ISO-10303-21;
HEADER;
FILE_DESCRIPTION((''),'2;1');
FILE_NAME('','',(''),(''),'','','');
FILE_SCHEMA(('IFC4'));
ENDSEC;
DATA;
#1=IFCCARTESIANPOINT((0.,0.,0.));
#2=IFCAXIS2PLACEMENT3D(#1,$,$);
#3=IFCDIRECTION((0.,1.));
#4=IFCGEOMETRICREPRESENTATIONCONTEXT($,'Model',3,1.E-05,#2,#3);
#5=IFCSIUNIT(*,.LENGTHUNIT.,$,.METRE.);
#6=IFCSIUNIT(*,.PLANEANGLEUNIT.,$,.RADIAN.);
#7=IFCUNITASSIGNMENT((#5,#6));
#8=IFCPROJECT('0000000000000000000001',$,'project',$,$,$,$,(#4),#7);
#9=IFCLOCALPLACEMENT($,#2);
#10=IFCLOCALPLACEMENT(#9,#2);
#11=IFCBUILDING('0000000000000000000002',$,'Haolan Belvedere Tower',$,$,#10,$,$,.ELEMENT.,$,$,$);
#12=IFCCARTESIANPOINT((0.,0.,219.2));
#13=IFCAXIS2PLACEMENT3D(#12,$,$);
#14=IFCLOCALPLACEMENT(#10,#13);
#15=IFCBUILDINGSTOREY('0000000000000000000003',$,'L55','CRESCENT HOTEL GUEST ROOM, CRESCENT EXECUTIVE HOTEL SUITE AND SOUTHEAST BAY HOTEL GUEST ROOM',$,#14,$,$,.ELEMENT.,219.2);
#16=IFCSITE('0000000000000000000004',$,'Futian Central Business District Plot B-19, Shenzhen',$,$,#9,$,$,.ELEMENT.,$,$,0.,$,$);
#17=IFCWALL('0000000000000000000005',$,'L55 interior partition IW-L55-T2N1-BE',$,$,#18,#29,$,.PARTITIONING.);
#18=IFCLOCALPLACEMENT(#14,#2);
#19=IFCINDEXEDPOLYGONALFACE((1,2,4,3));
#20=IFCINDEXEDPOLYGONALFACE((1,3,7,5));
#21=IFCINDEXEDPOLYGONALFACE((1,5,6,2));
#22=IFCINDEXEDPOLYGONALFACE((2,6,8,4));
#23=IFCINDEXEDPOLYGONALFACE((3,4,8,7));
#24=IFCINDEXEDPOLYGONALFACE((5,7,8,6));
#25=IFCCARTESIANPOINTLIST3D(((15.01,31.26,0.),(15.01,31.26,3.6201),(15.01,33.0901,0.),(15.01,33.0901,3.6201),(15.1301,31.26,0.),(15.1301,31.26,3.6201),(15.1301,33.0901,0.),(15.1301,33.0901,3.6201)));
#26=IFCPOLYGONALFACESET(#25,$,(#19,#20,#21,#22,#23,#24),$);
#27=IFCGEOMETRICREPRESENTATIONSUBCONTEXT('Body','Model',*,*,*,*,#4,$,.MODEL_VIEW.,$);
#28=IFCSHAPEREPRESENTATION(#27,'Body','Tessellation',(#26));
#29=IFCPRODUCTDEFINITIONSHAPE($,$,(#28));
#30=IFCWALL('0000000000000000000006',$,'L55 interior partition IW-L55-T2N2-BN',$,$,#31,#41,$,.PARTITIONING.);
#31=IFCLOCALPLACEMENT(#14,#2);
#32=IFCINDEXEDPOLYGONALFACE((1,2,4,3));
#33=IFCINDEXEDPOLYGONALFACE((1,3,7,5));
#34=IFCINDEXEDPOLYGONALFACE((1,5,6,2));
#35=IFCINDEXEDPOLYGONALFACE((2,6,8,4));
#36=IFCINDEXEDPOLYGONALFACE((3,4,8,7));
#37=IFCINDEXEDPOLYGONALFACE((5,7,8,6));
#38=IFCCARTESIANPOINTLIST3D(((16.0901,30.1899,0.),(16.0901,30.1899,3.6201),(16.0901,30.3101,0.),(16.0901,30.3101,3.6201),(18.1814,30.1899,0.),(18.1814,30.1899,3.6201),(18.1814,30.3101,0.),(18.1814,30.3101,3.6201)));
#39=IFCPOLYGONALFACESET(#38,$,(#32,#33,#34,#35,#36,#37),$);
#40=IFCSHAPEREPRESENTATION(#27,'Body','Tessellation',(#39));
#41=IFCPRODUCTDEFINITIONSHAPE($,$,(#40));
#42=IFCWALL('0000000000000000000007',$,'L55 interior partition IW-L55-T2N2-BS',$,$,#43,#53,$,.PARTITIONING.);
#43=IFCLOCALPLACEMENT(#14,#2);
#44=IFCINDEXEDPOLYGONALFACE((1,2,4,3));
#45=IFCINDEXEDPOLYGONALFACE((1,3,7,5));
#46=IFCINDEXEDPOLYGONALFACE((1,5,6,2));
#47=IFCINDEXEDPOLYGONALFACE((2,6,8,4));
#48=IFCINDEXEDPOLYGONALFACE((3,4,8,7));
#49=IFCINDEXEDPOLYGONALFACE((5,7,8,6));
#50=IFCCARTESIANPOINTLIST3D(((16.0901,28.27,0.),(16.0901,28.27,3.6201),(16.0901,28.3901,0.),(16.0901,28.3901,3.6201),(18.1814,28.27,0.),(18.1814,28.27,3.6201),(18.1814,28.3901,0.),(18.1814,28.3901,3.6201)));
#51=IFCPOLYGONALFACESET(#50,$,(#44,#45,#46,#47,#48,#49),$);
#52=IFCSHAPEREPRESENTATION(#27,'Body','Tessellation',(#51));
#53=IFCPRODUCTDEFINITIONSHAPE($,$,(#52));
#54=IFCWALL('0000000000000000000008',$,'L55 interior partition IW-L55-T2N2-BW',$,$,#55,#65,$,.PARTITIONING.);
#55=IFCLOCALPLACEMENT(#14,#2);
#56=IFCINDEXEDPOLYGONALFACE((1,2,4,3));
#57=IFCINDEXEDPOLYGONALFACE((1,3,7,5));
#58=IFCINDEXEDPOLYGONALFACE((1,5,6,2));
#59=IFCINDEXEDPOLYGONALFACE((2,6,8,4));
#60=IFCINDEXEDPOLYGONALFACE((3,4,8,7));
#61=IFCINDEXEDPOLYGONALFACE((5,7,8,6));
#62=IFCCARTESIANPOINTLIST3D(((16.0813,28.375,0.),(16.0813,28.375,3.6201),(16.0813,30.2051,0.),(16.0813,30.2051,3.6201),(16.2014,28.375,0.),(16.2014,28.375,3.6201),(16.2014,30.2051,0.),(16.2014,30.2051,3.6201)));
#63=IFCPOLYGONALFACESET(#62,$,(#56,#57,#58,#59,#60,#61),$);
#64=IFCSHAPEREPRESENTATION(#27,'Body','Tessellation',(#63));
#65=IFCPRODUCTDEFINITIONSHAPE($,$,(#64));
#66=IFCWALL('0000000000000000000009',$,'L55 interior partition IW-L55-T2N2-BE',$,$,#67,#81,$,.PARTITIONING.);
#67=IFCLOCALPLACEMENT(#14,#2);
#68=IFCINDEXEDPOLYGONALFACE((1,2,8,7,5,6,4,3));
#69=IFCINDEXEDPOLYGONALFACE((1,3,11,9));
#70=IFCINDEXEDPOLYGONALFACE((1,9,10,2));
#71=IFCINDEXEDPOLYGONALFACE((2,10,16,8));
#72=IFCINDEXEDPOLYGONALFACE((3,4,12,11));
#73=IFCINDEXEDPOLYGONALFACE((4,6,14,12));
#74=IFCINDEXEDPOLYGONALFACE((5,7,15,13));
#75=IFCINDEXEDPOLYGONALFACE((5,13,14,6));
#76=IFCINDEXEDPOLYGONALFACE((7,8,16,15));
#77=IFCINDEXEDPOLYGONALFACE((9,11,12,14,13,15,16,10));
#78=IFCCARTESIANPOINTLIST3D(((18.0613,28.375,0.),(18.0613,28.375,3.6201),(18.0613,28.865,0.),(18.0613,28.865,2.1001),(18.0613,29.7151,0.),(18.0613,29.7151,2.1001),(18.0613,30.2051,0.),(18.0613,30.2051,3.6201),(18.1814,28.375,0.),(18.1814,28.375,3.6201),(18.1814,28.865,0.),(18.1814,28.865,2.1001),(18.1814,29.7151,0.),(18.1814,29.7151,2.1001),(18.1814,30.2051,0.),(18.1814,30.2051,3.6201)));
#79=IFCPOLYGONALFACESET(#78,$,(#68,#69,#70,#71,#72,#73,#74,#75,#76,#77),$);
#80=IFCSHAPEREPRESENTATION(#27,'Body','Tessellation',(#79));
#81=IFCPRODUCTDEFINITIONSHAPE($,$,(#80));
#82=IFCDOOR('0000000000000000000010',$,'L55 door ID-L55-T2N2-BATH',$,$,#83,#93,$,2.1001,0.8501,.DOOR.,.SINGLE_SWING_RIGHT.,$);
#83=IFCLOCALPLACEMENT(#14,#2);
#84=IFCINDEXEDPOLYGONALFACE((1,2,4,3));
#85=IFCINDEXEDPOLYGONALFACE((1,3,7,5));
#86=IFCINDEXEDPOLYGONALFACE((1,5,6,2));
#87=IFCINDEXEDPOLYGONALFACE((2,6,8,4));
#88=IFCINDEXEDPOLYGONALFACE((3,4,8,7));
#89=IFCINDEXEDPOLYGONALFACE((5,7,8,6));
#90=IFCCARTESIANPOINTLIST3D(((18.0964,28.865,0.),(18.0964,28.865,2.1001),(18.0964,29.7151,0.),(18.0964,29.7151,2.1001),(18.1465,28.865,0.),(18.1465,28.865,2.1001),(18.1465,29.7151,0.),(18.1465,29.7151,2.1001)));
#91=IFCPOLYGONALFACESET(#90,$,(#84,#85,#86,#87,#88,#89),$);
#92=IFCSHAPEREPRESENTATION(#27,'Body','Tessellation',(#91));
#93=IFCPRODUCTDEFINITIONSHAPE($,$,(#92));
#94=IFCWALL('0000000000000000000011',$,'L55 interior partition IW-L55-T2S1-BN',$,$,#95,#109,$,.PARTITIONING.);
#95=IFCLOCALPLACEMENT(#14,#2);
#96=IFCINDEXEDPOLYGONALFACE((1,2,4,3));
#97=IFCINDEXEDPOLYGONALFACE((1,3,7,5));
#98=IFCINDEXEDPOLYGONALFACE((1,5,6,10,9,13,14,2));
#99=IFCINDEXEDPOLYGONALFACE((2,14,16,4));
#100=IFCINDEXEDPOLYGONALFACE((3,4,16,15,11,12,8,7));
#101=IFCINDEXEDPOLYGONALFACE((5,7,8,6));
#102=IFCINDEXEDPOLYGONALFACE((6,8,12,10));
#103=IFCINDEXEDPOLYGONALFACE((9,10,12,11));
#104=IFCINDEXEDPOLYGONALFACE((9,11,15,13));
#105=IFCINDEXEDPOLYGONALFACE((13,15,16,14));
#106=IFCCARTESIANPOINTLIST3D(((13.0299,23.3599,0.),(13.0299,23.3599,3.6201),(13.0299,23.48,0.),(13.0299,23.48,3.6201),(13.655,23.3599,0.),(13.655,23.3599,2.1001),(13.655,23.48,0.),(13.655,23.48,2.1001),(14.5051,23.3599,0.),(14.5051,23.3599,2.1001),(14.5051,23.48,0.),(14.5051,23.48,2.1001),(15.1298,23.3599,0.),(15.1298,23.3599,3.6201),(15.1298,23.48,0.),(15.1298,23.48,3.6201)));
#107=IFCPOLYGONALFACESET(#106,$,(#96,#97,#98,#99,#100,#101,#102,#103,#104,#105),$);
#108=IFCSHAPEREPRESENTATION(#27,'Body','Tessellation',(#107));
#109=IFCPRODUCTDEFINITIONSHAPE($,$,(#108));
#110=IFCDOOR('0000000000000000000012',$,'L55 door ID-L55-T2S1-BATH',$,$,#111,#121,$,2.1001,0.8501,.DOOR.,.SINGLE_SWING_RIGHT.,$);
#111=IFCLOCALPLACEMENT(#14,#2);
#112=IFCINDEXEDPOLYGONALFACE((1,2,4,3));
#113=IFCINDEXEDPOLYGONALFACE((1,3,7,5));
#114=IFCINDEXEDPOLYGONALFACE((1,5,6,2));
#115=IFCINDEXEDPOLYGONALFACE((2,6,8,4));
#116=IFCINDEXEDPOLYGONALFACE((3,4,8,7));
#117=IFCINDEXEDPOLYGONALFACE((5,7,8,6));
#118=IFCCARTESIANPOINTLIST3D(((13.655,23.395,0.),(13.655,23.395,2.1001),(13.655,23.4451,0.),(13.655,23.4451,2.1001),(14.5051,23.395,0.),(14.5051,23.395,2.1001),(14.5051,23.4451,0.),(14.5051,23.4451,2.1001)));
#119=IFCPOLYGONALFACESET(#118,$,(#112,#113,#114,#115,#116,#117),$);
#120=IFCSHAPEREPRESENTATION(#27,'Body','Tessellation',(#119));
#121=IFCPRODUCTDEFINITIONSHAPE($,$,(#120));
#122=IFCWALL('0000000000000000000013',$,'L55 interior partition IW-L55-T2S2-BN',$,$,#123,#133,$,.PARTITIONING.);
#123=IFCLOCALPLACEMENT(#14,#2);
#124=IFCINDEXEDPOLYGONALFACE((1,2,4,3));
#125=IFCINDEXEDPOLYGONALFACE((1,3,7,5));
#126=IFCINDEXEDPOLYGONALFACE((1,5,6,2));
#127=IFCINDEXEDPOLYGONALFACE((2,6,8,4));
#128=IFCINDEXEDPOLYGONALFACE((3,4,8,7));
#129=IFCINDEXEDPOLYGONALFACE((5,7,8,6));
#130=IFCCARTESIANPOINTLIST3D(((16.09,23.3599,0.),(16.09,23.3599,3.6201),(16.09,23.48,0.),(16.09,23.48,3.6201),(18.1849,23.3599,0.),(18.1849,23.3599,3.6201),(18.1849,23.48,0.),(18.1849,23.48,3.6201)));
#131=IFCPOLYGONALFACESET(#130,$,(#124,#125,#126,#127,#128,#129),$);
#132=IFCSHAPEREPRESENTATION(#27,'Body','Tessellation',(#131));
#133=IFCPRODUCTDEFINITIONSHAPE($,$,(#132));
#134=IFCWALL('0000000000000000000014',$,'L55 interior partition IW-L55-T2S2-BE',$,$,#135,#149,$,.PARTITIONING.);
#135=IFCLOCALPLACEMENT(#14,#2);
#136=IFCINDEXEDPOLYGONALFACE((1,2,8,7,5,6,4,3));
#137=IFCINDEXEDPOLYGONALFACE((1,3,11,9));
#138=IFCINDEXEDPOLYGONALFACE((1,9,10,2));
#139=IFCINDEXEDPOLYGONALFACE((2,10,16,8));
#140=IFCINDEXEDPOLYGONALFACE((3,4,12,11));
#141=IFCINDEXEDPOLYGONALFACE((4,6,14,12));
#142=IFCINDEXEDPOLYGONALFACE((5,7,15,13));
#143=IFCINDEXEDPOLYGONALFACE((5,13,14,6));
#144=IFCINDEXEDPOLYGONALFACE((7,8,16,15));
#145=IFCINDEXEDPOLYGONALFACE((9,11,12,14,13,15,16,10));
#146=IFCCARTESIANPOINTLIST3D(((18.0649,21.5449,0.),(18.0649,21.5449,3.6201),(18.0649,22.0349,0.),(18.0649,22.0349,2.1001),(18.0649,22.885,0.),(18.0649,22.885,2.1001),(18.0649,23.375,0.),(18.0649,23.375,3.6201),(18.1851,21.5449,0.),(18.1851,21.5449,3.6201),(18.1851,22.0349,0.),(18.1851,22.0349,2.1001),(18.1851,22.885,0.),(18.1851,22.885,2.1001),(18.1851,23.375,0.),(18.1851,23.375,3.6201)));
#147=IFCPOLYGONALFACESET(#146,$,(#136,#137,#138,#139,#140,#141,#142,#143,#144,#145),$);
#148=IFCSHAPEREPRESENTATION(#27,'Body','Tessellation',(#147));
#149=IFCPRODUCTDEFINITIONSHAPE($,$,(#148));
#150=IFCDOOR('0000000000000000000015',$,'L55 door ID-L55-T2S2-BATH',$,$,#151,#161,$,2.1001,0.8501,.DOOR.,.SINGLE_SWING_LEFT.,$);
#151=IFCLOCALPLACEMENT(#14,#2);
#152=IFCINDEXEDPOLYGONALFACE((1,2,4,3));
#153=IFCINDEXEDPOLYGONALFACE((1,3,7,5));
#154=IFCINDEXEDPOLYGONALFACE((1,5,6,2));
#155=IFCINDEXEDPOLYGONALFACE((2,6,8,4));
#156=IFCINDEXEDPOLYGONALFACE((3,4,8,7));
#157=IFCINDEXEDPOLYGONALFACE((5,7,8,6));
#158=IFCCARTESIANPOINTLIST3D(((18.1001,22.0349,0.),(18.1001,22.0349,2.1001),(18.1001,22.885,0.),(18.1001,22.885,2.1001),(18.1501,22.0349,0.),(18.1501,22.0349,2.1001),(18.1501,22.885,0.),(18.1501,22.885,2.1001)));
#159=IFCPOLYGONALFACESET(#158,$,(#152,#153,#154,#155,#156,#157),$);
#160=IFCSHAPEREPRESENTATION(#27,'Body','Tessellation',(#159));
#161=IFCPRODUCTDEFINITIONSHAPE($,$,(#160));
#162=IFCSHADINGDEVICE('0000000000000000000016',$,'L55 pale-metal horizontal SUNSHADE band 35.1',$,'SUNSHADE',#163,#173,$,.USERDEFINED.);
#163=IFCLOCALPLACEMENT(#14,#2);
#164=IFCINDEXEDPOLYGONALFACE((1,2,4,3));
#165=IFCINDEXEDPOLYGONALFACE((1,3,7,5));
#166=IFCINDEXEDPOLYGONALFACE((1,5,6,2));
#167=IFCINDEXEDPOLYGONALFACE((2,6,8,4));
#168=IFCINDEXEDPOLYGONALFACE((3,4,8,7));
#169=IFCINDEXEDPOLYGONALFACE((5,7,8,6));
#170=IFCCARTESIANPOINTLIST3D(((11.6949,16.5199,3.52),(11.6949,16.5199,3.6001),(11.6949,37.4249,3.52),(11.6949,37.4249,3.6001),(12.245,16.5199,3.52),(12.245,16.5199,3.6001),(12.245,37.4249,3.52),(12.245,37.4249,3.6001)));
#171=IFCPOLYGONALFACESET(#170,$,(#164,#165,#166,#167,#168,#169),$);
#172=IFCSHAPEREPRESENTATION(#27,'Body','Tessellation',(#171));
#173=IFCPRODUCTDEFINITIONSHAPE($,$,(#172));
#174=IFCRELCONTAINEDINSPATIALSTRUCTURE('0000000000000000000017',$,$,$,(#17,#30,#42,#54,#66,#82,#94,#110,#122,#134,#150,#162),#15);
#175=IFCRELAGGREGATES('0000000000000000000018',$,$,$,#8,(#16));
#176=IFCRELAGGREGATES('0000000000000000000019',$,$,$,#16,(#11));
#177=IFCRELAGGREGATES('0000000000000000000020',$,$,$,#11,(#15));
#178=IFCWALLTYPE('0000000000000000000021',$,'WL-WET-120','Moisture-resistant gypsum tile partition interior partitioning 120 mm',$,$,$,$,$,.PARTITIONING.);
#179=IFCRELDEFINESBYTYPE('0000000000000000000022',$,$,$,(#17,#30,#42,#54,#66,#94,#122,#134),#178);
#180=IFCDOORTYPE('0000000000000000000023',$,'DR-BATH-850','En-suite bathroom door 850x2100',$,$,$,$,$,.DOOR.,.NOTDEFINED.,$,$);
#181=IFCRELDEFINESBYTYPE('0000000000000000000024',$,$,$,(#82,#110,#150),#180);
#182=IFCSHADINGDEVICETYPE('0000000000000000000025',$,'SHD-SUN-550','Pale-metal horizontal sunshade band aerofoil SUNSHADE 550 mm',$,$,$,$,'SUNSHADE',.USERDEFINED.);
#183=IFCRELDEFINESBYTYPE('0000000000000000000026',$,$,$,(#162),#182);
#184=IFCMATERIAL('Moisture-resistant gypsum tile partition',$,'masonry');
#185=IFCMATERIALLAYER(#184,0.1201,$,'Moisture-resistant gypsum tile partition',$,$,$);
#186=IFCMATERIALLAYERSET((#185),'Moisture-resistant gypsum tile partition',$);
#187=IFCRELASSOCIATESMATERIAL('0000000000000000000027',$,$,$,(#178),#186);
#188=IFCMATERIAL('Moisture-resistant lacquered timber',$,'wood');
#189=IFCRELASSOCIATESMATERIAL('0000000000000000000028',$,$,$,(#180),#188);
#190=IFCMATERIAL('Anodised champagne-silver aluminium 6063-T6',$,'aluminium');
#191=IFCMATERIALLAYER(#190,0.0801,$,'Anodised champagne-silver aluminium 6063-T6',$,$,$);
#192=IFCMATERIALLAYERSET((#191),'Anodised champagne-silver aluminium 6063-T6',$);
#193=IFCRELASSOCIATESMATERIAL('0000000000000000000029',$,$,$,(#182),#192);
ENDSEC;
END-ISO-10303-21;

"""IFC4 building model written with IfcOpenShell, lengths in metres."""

from ifc_helpers import new_model, si_unit, direction, frame, frame_2d, origin, origin_2d, place, context, subcontext, project, spatial, rectangle, extrude, material, layer, layer_set, type_object, element, fill, save


model = new_model("IFC4")

# Units and contexts
model_context = context("Model", 3, precision=1e-05, world=origin(), true_north=direction((0.0, 1.0)))
body_context = subcontext(model_context, "Body", "Model", "MODEL_VIEW")
ifc_project = project(units=[si_unit("LENGTHUNIT", "METRE"), si_unit("PLANEANGLEUNIT", "RADIAN")], contexts=[model_context])

# Site, building, storey
site_placement = place(None, origin())
site = spatial("IfcSite", under=ifc_project, at=site_placement, Name="Futian Central Business District Plot B-19, Shenzhen", CompositionType="ELEMENT", RefElevation=0.0)
building_placement = place(site_placement, origin())
building = spatial("IfcBuilding", under=site, at=building_placement, Name="Haolan Belvedere Tower", CompositionType="ELEMENT")
storey_placement = place(building_placement, frame((0.0, 0.0, 219.2)))
storey = spatial("IfcBuildingStorey", under=building, at=storey_placement, Name="L55", Description="CRESCENT HOTEL GUEST ROOM, CRESCENT EXECUTIVE HOTEL SUITE AND SOUTHEAST BAY HOTEL GUEST ROOM", CompositionType="ELEMENT", Elevation=219.2)

# Shared definitions
ifc_material_1 = material(Name="Moisture-resistant gypsum tile partition", Category="masonry")
ifc_layer_1 = layer(ifc_material_1, 0.1201, Name="Moisture-resistant gypsum tile partition")
ifc_layer_set_1 = layer_set([ifc_layer_1], Name="Moisture-resistant gypsum tile partition")
wall_type_1 = type_object("IfcWallType", Name="WL-WET-120", Description="Moisture-resistant gypsum tile partition interior partitioning 120 mm", PredefinedType="PARTITIONING", material=ifc_layer_set_1)
ifc_material_2 = material(Name="Moisture-resistant lacquered timber", Category="wood")
door_type_1 = type_object("IfcDoorType", Name="DR-BATH-850", Description="En-suite bathroom door 850x2100", OperationType="NOTDEFINED", PredefinedType="DOOR", material=ifc_material_2)

# Walls
for number, where, z_axis, x_axis, name in (
    (1, (15.0701, 31.26, 0.0), (0.0, 0.0, 1.0), (0.0, 1.0, 0.0), "L55 interior partition IW-L55-T2N1-BE"),
):
    element("IfcWall", number, at=place(storey_placement, frame(where, z_axis=z_axis, x_axis=x_axis)), inside=storey, type_object=wall_type_1, Name=name, PredefinedType="PARTITIONING", context=body_context, shape_type="SweptSolid", body=[
        extrude(rectangle(XDim=1.8301, YDim=0.1201, at=frame_2d((0.915, 0.0))), origin(), (0.0, 0.0, 1.0), 3.6201),
    ])
for number, where, z_axis, x_axis, name in (
    (2, (16.0901, 30.25, 0.0), (0.0, 0.0, 1.0), (1.0, 0.0, 0.0), "L55 interior partition IW-L55-T2N2-BN"),
    (3, (16.0901, 28.3301, 0.0), (0.0, 0.0, 1.0), (1.0, 0.0, 0.0), "L55 interior partition IW-L55-T2N2-BS"),
):
    element("IfcWall", number, at=place(storey_placement, frame(where, z_axis=z_axis, x_axis=x_axis)), inside=storey, type_object=wall_type_1, Name=name, PredefinedType="PARTITIONING", context=body_context, shape_type="SweptSolid", body=[
        extrude(rectangle(XDim=2.0913, YDim=0.1201, at=frame_2d((1.0457, 0.0))), origin(), (0.0, 0.0, 1.0), 3.6201),
    ])
wall_1_placement = place(storey_placement, frame((16.1414, 28.375, 0.0), z_axis=(0.0, 0.0, 1.0), x_axis=(0.0, 1.0, 0.0)))
element("IfcWall", 4, at=wall_1_placement, inside=storey, type_object=wall_type_1, Name="L55 interior partition IW-L55-T2N2-BW", PredefinedType="PARTITIONING", context=body_context, shape_type="SweptSolid", body=[
    extrude(rectangle(XDim=1.8301, YDim=0.1201, at=frame_2d((0.915, 0.0))), origin(), (0.0, 0.0, 1.0), 3.6201),
])

# Walls, openings, doors
wall_2_placement = place(storey_placement, frame((18.1213, 28.375, 0.0), z_axis=(0.0, 0.0, 1.0), x_axis=(0.0, 1.0, 0.0)))
wall_2 = element("IfcWall", 5, at=wall_2_placement, inside=storey, type_object=wall_type_1, Name="L55 interior partition IW-L55-T2N2-BE", PredefinedType="PARTITIONING", context=body_context, shape_type="SweptSolid", body=[
    extrude(rectangle(XDim=1.8301, YDim=0.1201, at=frame_2d((0.915, 0.0))), origin(), (0.0, 0.0, 1.0), 3.6201),
])
opening_1_placement = place(wall_2_placement, frame((0.49, 0.0, 0.0)))
opening_1 = element("IfcOpeningElement", 6, at=opening_1_placement, cuts=wall_2, PredefinedType="OPENING", context=body_context, shape_type="SweptSolid", body=[
    extrude(rectangle(XDim=0.8501, YDim=2.1001, at=frame_2d((0.425, 1.05))), frame((0.0, 0.0701, 0.0), z_axis=(0.0, -1.0, 0.0), x_axis=(1.0, 0.0, 0.0)), (0.0, 0.0, 1.0), 0.1401),
])
door_1_placement = place(opening_1_placement, origin())
door_1 = element("IfcDoor", 7, at=door_1_placement, inside=storey, type_object=door_type_1, Name="L55 door ID-L55-T2N2-BATH", OperationType="SINGLE_SWING_RIGHT", OverallHeight=2.1001, OverallWidth=0.8501, PredefinedType="DOOR", context=body_context, shape_type="SweptSolid", body=[
    extrude(rectangle(XDim=0.8501, YDim=2.1001, at=frame_2d((0.425, 1.05))), frame((0.0, 0.0249, 0.0), z_axis=(0.0, -1.0, 0.0), x_axis=(1.0, 0.0, 0.0)), (0.0, 0.0, 1.0), 0.05),
])
fill(opening_1, door_1)
wall_3_placement = place(storey_placement, frame((13.03, 23.4199, 0.0), z_axis=(0.0, 0.0, 1.0), x_axis=(1.0, 0.0, 0.0)))
wall_3 = element("IfcWall", 8, at=wall_3_placement, inside=storey, type_object=wall_type_1, Name="L55 interior partition IW-L55-T2S1-BN", PredefinedType="PARTITIONING", context=body_context, shape_type="SweptSolid", body=[
    extrude(rectangle(XDim=2.0999, YDim=0.1201, at=frame_2d((1.0498, 0.0))), origin(), (0.0, 0.0, 1.0), 3.6201),
])
opening_2_placement = place(wall_3_placement, frame((1.4751, 0.0, 0.0), z_axis=(0.0, 0.0, 1.0), x_axis=(-1.0, 0.0, 0.0)))
opening_2 = element("IfcOpeningElement", 9, at=opening_2_placement, cuts=wall_3, PredefinedType="OPENING", context=body_context, shape_type="SweptSolid", body=[
    extrude(rectangle(XDim=0.8501, YDim=2.1001, at=frame_2d((0.425, 1.05))), frame((0.0, 0.0701, 0.0), z_axis=(0.0, -1.0, 0.0), x_axis=(1.0, 0.0, 0.0)), (0.0, 0.0, 1.0), 0.1401),
])
door_2_placement = place(opening_2_placement, origin())
door_2 = element("IfcDoor", 10, at=door_2_placement, inside=storey, type_object=door_type_1, Name="L55 door ID-L55-T2S1-BATH", OperationType="SINGLE_SWING_RIGHT", OverallHeight=2.1001, OverallWidth=0.8501, PredefinedType="DOOR", context=body_context, shape_type="SweptSolid", body=[
    extrude(rectangle(XDim=0.8501, YDim=2.1001, at=frame_2d((0.425, 1.05))), frame((0.0, 0.0249, 0.0), z_axis=(0.0, -1.0, 0.0), x_axis=(1.0, 0.0, 0.0)), (0.0, 0.0, 1.0), 0.05),
])
fill(opening_2, door_2)

# Wall
wall_4_placement = place(storey_placement, frame((16.0901, 23.4199, 0.0), z_axis=(0.0, 0.0, 1.0), x_axis=(1.0, 0.0, 0.0)))
element("IfcWall", 11, at=wall_4_placement, inside=storey, type_object=wall_type_1, Name="L55 interior partition IW-L55-T2S2-BN", PredefinedType="PARTITIONING", context=body_context, shape_type="SweptSolid", body=[
    extrude(rectangle(XDim=2.095, YDim=0.1201, at=frame_2d((1.0474, 0.0))), origin(), (0.0, 0.0, 1.0), 3.6201),
])

# Wall, opening, door
wall_5_placement = place(storey_placement, frame((18.125, 21.5449, 0.0), z_axis=(0.0, 0.0, 1.0), x_axis=(0.0, 1.0, 0.0)))
wall_5 = element("IfcWall", 12, at=wall_5_placement, inside=storey, type_object=wall_type_1, Name="L55 interior partition IW-L55-T2S2-BE", PredefinedType="PARTITIONING", context=body_context, shape_type="SweptSolid", body=[
    extrude(rectangle(XDim=1.8301, YDim=0.1201, at=frame_2d((0.915, 0.0))), origin(), (0.0, 0.0, 1.0), 3.6201),
])
opening_3_placement = place(wall_5_placement, frame((0.49, 0.0, 0.0)))
opening_3 = element("IfcOpeningElement", 13, at=opening_3_placement, cuts=wall_5, PredefinedType="OPENING", context=body_context, shape_type="SweptSolid", body=[
    extrude(rectangle(XDim=0.8501, YDim=2.1001, at=frame_2d((0.425, 1.05))), frame((0.0, 0.0701, 0.0), z_axis=(0.0, -1.0, 0.0), x_axis=(1.0, 0.0, 0.0)), (0.0, 0.0, 1.0), 0.1401),
])
door_3_placement = place(opening_3_placement, origin())
door_3 = element("IfcDoor", 14, at=door_3_placement, inside=storey, type_object=door_type_1, Name="L55 door ID-L55-T2S2-BATH", OperationType="SINGLE_SWING_LEFT", OverallHeight=2.1001, OverallWidth=0.8501, PredefinedType="DOOR", context=body_context, shape_type="SweptSolid", body=[
    extrude(rectangle(XDim=0.8501, YDim=2.1001, at=frame_2d((0.425, 1.05))), frame((0.0, 0.0249, 0.0), z_axis=(0.0, -1.0, 0.0), x_axis=(1.0, 0.0, 0.0)), (0.0, 0.0, 1.0), 0.05),
])
fill(opening_3, door_3)

# Shading device
ifc_material_3 = material(Name="Anodised champagne-silver aluminium 6063-T6", Category="aluminium")
ifc_layer_2 = layer(ifc_material_3, 0.0801, Name="Anodised champagne-silver aluminium 6063-T6")
ifc_layer_set_2 = layer_set([ifc_layer_2], Name="Anodised champagne-silver aluminium 6063-T6")
shading_device_type = type_object("IfcShadingDeviceType", Name="SHD-SUN-550", Description="Pale-metal horizontal sunshade band aerofoil SUNSHADE 550 mm", ElementType="SUNSHADE", PredefinedType="USERDEFINED", material=ifc_layer_set_2)
shading_device_placement = place(storey_placement, frame((11.97, 26.9724, 3.52), z_axis=(0.0, 0.0, 1.0), x_axis=(0.0, -1.0, 0.0)))
element("IfcShadingDevice", 15, at=shading_device_placement, inside=storey, type_object=shading_device_type, Name="L55 pale-metal horizontal SUNSHADE band 35.1", ObjectType="SUNSHADE", PredefinedType="USERDEFINED", context=body_context, shape_type="SweptSolid", body=[
    extrude(rectangle(XDim=20.905, YDim=0.55, at=origin_2d()), origin(), (0.0, 0.0, 1.0), 0.0801),
])

save(model, "model.ifc")
